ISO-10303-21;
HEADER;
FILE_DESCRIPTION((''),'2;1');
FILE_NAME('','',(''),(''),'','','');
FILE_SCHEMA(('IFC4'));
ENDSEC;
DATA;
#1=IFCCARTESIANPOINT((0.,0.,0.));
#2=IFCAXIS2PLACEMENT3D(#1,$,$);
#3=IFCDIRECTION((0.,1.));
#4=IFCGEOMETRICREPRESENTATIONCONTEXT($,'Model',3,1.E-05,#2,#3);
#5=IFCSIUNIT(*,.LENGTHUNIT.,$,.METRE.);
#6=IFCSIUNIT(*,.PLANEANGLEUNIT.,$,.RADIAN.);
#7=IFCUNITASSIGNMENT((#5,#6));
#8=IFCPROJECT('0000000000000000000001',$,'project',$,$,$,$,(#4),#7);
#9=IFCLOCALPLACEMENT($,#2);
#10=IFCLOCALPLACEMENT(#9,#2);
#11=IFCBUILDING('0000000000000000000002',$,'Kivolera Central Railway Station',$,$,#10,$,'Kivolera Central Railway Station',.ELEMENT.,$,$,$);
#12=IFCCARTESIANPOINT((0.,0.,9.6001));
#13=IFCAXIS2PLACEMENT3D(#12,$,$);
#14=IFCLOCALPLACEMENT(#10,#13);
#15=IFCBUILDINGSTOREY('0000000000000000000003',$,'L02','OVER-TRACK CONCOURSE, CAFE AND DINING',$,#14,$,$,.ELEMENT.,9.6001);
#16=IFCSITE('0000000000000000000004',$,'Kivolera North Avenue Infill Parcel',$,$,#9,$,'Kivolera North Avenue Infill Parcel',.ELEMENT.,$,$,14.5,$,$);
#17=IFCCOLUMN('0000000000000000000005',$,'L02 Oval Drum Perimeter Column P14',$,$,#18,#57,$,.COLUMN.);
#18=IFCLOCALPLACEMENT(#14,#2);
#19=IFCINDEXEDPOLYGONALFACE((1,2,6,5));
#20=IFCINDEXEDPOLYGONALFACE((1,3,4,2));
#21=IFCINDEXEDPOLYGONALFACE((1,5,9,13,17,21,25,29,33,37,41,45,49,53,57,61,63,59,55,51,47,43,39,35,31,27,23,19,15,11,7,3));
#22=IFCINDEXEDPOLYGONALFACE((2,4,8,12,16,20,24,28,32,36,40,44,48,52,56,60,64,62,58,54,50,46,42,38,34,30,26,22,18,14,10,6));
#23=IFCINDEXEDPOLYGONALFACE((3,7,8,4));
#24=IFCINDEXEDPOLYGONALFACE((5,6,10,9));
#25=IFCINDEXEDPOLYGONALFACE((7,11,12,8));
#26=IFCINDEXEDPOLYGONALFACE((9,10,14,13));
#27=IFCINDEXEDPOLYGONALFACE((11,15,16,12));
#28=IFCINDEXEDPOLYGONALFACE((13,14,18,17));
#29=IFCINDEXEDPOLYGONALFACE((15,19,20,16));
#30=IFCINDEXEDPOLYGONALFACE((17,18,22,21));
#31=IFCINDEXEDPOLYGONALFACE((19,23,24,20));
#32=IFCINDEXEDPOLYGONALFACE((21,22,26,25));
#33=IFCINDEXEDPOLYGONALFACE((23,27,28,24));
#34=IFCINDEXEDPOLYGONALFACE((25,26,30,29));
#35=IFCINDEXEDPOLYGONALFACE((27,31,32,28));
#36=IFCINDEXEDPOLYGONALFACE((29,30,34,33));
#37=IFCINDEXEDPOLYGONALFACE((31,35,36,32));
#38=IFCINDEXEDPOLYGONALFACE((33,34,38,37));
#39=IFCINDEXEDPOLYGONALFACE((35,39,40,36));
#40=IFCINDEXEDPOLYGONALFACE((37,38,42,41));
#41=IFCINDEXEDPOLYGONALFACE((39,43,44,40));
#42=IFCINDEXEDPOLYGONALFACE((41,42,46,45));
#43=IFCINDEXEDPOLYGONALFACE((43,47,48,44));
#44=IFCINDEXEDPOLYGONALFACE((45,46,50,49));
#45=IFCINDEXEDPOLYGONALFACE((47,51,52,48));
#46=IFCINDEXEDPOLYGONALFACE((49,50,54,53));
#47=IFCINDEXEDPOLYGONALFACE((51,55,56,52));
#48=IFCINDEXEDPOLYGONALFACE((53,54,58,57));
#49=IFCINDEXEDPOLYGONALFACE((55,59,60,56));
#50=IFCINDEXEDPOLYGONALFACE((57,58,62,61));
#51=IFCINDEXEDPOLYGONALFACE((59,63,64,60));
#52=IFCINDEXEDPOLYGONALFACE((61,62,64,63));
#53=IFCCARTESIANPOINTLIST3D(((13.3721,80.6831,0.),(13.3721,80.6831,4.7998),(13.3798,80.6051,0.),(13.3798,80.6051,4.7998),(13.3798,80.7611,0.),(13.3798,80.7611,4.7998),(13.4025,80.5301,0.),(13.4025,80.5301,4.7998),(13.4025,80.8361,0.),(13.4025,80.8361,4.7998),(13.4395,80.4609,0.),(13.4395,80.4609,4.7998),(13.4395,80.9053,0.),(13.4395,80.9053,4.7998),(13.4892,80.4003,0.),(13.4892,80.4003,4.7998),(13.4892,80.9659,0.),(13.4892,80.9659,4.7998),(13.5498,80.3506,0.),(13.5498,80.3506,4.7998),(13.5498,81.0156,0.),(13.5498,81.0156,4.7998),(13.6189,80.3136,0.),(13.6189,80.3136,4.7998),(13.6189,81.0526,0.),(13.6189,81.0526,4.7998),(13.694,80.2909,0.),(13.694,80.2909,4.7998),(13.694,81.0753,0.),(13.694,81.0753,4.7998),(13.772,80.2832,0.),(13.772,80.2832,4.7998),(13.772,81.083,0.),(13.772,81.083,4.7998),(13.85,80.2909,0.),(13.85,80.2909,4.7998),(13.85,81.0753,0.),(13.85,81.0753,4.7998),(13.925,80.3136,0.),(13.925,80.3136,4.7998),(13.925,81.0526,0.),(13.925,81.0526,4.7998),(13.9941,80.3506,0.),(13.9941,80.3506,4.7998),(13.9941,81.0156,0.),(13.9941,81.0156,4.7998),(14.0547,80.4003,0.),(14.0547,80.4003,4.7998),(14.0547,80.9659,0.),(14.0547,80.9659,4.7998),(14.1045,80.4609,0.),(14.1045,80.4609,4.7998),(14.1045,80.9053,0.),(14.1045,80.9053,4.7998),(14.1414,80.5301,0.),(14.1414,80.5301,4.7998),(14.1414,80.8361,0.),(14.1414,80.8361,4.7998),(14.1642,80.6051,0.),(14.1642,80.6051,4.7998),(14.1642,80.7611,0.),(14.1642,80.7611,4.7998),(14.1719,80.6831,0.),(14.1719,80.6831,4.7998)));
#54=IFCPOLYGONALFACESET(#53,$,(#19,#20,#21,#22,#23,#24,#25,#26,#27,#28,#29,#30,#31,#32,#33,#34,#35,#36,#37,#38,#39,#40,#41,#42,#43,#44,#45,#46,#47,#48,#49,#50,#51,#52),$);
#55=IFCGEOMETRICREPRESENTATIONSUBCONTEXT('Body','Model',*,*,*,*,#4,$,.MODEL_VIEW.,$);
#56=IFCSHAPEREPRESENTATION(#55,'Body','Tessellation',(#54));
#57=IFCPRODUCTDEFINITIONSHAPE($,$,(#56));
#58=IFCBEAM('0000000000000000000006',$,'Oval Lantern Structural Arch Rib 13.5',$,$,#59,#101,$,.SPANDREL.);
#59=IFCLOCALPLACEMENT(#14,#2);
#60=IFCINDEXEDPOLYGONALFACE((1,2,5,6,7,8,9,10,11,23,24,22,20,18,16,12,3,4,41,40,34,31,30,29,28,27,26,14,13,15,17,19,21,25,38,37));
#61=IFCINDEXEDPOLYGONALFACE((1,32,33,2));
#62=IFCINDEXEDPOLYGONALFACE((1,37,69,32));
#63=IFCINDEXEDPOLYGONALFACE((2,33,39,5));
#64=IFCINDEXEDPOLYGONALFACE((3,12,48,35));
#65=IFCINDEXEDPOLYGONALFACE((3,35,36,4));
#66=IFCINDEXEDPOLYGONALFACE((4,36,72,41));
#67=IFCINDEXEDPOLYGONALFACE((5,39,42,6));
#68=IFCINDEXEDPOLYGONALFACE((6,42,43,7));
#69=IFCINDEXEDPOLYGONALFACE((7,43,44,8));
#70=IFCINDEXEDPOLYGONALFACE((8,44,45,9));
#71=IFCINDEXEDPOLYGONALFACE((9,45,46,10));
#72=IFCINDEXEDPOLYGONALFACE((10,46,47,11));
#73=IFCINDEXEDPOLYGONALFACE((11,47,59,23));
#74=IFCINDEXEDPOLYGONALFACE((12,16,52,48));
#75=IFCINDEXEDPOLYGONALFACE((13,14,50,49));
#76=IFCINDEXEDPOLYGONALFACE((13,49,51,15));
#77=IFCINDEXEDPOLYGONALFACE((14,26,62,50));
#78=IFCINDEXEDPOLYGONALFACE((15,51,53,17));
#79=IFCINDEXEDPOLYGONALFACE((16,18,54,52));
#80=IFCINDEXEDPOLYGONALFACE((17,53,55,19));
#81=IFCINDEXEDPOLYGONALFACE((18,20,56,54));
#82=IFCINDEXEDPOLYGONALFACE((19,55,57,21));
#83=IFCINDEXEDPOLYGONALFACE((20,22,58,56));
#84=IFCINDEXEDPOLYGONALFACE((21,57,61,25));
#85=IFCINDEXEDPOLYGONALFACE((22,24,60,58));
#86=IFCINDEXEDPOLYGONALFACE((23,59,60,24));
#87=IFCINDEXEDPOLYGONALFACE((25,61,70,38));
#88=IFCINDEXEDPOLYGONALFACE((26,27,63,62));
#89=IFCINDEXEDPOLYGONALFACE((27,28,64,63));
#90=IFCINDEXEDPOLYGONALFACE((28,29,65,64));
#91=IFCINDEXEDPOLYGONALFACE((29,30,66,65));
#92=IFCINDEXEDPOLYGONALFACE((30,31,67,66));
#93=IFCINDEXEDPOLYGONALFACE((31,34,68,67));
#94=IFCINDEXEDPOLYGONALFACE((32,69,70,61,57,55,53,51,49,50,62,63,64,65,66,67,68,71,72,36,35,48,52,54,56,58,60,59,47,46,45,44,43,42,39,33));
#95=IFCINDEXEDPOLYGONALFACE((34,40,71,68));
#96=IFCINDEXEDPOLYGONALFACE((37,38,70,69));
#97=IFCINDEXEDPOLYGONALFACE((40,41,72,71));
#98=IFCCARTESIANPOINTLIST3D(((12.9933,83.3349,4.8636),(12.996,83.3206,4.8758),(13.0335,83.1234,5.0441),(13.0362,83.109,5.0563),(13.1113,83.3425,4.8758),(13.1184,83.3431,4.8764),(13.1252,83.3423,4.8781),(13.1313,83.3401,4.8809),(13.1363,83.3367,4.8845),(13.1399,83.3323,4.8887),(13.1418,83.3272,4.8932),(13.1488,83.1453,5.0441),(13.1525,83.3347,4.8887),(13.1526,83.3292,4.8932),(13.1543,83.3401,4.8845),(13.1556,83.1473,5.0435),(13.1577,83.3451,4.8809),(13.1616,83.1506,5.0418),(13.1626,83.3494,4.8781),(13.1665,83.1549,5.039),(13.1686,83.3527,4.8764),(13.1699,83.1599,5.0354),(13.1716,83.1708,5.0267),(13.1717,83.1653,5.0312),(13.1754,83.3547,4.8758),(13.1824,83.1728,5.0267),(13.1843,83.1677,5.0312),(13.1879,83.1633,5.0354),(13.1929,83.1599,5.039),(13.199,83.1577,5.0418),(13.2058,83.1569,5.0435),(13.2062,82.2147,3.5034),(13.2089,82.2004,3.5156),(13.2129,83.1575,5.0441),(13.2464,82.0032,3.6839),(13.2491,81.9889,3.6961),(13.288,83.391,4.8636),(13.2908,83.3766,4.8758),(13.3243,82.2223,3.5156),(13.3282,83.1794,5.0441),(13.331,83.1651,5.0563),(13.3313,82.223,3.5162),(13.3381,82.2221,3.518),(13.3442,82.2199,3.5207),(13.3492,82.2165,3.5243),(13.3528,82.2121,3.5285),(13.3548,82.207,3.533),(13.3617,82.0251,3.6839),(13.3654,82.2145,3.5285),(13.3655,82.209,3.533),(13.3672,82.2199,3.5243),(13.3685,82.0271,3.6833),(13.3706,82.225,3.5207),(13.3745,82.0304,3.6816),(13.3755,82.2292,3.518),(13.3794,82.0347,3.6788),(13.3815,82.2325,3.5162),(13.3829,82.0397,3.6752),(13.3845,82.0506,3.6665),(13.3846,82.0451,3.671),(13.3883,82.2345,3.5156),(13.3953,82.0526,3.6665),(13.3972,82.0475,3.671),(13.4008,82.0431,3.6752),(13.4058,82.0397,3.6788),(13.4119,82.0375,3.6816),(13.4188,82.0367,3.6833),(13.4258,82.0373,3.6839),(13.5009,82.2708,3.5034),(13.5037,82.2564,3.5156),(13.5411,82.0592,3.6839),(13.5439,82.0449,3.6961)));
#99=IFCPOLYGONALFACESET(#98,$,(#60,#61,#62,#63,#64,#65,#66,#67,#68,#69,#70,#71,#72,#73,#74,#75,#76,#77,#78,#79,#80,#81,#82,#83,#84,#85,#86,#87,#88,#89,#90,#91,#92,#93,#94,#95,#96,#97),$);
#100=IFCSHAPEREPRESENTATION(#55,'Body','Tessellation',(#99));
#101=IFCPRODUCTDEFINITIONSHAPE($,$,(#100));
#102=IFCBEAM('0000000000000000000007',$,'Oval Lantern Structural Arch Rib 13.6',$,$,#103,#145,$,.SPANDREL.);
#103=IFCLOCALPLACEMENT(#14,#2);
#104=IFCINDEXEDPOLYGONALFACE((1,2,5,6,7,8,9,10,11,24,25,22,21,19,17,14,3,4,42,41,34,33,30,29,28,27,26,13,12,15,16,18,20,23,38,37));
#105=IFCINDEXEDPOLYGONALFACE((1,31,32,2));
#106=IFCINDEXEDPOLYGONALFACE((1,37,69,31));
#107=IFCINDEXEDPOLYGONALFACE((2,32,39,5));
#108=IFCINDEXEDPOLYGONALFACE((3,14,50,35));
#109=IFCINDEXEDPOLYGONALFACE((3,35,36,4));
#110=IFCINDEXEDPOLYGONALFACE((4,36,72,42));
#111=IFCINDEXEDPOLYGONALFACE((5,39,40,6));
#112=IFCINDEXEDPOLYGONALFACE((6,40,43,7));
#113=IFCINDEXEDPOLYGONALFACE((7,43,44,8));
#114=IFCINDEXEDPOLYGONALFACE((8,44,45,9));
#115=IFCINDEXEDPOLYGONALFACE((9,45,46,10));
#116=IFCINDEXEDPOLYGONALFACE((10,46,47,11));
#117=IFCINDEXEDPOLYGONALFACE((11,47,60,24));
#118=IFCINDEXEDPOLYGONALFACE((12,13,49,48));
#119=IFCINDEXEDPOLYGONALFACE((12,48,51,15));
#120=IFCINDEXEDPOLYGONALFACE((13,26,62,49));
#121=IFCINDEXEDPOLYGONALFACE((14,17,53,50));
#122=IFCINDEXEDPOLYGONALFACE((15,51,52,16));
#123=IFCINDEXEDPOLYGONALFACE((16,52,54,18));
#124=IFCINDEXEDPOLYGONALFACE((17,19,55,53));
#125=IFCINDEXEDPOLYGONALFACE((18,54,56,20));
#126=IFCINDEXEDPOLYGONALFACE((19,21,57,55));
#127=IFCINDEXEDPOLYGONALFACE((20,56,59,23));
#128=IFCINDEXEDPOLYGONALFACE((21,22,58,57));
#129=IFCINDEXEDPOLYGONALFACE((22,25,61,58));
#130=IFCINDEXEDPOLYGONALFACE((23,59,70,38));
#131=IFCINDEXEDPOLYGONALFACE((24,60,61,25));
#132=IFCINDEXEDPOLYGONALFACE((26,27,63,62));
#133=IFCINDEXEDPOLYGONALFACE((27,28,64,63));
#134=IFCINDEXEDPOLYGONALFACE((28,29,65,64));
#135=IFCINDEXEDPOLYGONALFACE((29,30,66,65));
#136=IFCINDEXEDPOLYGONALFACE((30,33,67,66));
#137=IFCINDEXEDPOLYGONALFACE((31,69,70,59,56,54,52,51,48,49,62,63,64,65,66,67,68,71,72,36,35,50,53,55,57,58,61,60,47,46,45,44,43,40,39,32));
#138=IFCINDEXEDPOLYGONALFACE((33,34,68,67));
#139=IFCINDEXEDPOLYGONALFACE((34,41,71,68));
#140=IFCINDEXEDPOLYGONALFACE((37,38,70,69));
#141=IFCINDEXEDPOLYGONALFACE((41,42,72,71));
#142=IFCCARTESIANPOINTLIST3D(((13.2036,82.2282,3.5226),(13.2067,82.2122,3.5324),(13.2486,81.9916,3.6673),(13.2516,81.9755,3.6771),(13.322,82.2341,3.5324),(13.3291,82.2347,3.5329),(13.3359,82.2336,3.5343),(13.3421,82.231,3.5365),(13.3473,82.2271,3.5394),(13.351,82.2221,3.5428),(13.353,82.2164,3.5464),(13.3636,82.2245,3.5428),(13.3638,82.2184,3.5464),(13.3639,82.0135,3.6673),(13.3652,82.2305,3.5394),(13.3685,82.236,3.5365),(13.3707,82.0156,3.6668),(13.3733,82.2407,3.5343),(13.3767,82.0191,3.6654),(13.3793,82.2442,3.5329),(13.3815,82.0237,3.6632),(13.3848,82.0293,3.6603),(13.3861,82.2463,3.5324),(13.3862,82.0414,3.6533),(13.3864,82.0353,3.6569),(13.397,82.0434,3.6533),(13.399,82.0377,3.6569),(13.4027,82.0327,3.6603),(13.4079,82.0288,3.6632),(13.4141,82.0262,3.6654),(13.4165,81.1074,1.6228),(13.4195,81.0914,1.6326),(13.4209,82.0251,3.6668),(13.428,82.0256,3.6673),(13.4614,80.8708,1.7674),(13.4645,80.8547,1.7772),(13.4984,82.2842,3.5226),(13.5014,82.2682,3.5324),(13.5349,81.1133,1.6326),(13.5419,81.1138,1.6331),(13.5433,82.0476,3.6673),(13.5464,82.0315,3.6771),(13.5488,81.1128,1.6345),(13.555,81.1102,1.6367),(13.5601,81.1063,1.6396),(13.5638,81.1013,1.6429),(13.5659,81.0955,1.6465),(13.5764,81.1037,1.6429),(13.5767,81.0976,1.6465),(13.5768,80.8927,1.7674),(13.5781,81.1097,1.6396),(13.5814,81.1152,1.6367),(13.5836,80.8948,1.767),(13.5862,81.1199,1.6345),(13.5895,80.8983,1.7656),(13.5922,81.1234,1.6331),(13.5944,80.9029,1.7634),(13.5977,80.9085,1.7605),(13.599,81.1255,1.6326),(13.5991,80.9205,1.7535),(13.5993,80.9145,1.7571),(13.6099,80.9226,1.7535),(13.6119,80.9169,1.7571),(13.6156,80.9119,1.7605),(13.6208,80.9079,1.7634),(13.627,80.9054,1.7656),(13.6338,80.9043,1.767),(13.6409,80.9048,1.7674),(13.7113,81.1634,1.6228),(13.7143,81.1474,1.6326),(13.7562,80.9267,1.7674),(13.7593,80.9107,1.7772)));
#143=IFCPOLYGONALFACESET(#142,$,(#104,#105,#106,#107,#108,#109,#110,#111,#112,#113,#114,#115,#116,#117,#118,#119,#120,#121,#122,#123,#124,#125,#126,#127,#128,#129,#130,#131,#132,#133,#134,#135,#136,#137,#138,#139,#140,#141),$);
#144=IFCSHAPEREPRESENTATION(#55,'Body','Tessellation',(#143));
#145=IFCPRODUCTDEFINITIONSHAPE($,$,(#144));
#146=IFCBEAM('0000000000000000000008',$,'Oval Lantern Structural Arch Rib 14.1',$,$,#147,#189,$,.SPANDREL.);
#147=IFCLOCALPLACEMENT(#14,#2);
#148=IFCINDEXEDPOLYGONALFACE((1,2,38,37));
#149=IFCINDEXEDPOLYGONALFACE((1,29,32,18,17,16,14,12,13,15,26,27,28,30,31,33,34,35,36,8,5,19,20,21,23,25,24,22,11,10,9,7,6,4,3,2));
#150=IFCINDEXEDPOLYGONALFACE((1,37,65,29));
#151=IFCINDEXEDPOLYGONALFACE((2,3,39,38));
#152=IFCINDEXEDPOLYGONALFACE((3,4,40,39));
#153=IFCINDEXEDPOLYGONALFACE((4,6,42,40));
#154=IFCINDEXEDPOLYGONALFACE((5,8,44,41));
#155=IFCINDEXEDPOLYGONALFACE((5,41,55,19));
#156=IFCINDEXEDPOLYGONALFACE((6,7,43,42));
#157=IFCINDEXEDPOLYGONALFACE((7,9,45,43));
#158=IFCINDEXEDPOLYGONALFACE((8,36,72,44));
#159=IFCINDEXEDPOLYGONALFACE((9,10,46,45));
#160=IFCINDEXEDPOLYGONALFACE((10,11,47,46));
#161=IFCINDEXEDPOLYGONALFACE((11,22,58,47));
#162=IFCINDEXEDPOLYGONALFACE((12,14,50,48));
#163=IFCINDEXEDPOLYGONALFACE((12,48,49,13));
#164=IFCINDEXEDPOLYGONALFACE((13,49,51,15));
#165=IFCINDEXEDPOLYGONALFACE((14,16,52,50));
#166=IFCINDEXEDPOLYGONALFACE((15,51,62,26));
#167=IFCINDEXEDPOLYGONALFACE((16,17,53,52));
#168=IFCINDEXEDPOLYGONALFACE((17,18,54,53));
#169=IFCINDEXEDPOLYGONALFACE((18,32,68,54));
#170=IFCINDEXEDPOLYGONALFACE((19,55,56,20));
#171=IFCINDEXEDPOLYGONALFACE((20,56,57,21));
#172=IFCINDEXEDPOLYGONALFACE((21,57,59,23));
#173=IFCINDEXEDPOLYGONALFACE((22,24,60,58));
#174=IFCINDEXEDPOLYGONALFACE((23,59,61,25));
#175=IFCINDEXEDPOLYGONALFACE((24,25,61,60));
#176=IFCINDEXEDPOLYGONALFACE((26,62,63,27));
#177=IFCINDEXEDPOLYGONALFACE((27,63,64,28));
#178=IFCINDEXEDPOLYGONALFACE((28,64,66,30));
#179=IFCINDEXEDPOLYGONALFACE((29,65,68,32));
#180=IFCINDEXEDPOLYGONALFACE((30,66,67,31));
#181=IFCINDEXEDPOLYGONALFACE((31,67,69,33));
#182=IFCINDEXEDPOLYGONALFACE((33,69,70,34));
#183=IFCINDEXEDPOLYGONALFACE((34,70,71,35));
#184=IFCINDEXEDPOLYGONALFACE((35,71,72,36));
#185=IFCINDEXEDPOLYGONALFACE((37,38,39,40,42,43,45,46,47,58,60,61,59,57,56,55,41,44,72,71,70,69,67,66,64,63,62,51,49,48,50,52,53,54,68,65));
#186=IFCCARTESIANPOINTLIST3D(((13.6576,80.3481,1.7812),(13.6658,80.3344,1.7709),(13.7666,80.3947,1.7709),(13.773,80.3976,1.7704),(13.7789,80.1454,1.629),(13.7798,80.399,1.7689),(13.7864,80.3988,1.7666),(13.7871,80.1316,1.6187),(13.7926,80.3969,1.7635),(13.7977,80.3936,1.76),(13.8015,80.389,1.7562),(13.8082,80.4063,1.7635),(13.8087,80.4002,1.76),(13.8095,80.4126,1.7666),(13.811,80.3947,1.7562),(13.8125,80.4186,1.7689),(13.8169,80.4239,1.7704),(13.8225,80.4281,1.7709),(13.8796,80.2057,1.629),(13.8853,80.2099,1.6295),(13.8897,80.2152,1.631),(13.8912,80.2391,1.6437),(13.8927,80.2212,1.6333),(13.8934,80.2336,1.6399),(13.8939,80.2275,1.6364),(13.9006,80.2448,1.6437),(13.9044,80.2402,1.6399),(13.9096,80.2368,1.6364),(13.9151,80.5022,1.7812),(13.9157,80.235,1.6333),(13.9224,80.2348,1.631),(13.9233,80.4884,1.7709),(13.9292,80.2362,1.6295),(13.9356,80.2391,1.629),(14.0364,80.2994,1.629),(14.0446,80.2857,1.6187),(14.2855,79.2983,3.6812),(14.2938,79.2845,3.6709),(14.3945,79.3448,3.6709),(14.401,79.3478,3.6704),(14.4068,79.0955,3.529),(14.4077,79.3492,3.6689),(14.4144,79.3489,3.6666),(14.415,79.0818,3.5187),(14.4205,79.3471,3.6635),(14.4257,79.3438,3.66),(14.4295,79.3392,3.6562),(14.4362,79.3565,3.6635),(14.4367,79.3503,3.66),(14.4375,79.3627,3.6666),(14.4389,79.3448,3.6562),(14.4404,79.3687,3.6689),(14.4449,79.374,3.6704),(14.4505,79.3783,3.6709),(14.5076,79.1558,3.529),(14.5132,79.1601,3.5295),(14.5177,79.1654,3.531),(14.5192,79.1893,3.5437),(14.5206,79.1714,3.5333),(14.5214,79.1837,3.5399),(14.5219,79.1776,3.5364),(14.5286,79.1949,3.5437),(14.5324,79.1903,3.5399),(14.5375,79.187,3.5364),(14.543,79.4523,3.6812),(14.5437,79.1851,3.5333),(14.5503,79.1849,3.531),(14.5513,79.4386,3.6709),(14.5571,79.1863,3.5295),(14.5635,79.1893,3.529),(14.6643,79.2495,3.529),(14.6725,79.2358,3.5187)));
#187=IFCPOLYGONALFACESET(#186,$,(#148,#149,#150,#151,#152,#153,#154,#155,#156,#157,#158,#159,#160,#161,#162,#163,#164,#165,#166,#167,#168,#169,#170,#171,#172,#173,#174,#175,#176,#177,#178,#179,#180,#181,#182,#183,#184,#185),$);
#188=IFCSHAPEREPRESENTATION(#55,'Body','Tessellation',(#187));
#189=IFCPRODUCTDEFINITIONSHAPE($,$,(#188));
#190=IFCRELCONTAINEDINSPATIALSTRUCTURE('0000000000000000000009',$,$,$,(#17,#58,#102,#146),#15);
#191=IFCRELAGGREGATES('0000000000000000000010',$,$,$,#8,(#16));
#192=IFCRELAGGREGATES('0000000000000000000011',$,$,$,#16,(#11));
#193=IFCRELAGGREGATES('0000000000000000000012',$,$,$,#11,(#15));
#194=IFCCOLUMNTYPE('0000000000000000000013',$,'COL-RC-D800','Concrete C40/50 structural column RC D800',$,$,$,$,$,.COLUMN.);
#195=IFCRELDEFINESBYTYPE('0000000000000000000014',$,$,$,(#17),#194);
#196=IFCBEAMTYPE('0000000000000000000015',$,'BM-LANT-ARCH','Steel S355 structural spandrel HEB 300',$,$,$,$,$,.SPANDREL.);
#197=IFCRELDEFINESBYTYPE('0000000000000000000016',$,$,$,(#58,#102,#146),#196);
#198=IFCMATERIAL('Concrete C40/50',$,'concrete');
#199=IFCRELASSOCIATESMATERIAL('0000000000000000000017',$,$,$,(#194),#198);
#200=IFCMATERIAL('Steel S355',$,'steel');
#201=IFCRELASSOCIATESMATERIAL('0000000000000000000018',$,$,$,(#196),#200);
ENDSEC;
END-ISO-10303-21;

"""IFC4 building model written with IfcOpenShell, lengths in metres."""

from ifc_helpers import new_model, si_unit, direction, frame, origin, origin_2d, place, context, subcontext, project, spatial, circle, i_section, extrude, material, material_profile, profile_set, type_object, element, save


model = new_model("IFC4")

# Units and contexts
model_context = context("Model", 3, precision=1e-05, world=origin(), true_north=direction((0.0, 1.0)))
body_context = subcontext(model_context, "Body", "Model", "MODEL_VIEW")
ifc_project = project(units=[si_unit("LENGTHUNIT", "METRE"), si_unit("PLANEANGLEUNIT", "RADIAN")], contexts=[model_context])

# Site, building, storey
site_placement = place(None, origin())
site = spatial("IfcSite", under=ifc_project, at=site_placement, Name="Kivolera North Avenue Infill Parcel", LongName="Kivolera North Avenue Infill Parcel", CompositionType="ELEMENT", RefElevation=14.5)
building_placement = place(site_placement, origin())
building = spatial("IfcBuilding", under=site, at=building_placement, Name="Kivolera Central Railway Station", LongName="Kivolera Central Railway Station", CompositionType="ELEMENT")
storey_placement = place(building_placement, frame((0.0, 0.0, 9.6001)))
storey = spatial("IfcBuildingStorey", under=building, at=storey_placement, Name="L02", Description="OVER-TRACK CONCOURSE, CAFE AND DINING", CompositionType="ELEMENT", Elevation=9.6001)

# Column
ifc_material_1 = material(Name="Concrete C40/50", Category="concrete")
ifc_material_profile_1 = material_profile(ifc_material_1, circle(Radius=0.3999, at=origin_2d()), Name="RC D800")
ifc_profile_set_1 = profile_set([ifc_material_profile_1], Name="Concrete C40/50")
column_type = type_object("IfcColumnType", Name="COL-RC-D800", Description="Concrete C40/50 structural column RC D800", PredefinedType="COLUMN", material=ifc_profile_set_1)
column_placement = place(storey_placement, frame((13.772, 80.6831, 0.0), z_axis=(0.0, 0.0, 1.0), x_axis=(1.0, 0.0, 0.0)))
element("IfcColumn", 1, at=column_placement, inside=storey, type_object=column_type, Name="L02 Oval Drum Perimeter Column P14", PredefinedType="COLUMN", context=body_context, shape_type="SweptSolid", body=[
    extrude(circle(Radius=0.3999, at=origin_2d()), origin(), (0.0, 0.0, 1.0), 4.7998),
])

# Beams
ifc_material_2 = material(Name="Steel S355", Category="steel")
ifc_material_profile_2 = material_profile(ifc_material_2, i_section(OverallWidth=0.3, OverallDepth=0.3, WebThickness=0.011, FlangeThickness=0.019, FilletRadius=0.0271, at=origin_2d()), Name="HEB 300")
ifc_profile_set_2 = profile_set([ifc_material_profile_2], Name="Steel S355")
beam_type = type_object("IfcBeamType", Name="BM-LANT-ARCH", Description="Steel S355 structural spandrel HEB 300", PredefinedType="SPANDREL", material=ifc_profile_set_2)
beam_1_placement = place(storey_placement, frame((13.1621, 83.25, 4.96), z_axis=(0.119953, -0.631127, -0.766349), x_axis=(0.982413, 0.186719, 0.0)))
element("IfcBeam", 2, at=beam_1_placement, inside=storey, type_object=beam_type, Name="Oval Lantern Structural Arch Rib 13.5", PredefinedType="SPANDREL", context=body_context, shape_type="SweptSolid", body=[
    extrude(i_section(OverallWidth=0.3, OverallDepth=0.3, WebThickness=0.011, FlangeThickness=0.019, FilletRadius=0.0271, at=origin_2d()), origin(), (0.0, 0.0, 1.0), 1.7749),
])
beam_2_placement = place(storey_placement, frame((13.375, 82.1299, 3.5999), z_axis=(0.096064, -0.505768, -0.857304), x_axis=(0.982436, 0.186601, 0.0)))
element("IfcBeam", 3, at=beam_2_placement, inside=storey, type_object=beam_type, Name="Oval Lantern Structural Arch Rib 13.6", PredefinedType="SPANDREL", context=body_context, shape_type="SweptSolid", body=[
    extrude(i_section(OverallWidth=0.3, OverallDepth=0.3, WebThickness=0.011, FlangeThickness=0.019, FilletRadius=0.0271, at=origin_2d()), origin(), (0.0, 0.0, 1.0), 2.2161),
])
beam_3_placement = place(storey_placement, frame((13.8511, 80.3169, 1.7), z_axis=(0.277888, -0.464587, 0.840795), x_axis=(0.858197, 0.513321, 0.0)))
element("IfcBeam", 4, at=beam_3_placement, inside=storey, type_object=beam_type, Name="Oval Lantern Structural Arch Rib 14.1", PredefinedType="SPANDREL", context=body_context, shape_type="SweptSolid", body=[
    extrude(i_section(OverallWidth=0.3, OverallDepth=0.3, WebThickness=0.011, FlangeThickness=0.019, FilletRadius=0.0271, at=origin_2d()), origin(), (0.0, 0.0, 1.0), 2.2598),
])

save(model, "model.ifc")
